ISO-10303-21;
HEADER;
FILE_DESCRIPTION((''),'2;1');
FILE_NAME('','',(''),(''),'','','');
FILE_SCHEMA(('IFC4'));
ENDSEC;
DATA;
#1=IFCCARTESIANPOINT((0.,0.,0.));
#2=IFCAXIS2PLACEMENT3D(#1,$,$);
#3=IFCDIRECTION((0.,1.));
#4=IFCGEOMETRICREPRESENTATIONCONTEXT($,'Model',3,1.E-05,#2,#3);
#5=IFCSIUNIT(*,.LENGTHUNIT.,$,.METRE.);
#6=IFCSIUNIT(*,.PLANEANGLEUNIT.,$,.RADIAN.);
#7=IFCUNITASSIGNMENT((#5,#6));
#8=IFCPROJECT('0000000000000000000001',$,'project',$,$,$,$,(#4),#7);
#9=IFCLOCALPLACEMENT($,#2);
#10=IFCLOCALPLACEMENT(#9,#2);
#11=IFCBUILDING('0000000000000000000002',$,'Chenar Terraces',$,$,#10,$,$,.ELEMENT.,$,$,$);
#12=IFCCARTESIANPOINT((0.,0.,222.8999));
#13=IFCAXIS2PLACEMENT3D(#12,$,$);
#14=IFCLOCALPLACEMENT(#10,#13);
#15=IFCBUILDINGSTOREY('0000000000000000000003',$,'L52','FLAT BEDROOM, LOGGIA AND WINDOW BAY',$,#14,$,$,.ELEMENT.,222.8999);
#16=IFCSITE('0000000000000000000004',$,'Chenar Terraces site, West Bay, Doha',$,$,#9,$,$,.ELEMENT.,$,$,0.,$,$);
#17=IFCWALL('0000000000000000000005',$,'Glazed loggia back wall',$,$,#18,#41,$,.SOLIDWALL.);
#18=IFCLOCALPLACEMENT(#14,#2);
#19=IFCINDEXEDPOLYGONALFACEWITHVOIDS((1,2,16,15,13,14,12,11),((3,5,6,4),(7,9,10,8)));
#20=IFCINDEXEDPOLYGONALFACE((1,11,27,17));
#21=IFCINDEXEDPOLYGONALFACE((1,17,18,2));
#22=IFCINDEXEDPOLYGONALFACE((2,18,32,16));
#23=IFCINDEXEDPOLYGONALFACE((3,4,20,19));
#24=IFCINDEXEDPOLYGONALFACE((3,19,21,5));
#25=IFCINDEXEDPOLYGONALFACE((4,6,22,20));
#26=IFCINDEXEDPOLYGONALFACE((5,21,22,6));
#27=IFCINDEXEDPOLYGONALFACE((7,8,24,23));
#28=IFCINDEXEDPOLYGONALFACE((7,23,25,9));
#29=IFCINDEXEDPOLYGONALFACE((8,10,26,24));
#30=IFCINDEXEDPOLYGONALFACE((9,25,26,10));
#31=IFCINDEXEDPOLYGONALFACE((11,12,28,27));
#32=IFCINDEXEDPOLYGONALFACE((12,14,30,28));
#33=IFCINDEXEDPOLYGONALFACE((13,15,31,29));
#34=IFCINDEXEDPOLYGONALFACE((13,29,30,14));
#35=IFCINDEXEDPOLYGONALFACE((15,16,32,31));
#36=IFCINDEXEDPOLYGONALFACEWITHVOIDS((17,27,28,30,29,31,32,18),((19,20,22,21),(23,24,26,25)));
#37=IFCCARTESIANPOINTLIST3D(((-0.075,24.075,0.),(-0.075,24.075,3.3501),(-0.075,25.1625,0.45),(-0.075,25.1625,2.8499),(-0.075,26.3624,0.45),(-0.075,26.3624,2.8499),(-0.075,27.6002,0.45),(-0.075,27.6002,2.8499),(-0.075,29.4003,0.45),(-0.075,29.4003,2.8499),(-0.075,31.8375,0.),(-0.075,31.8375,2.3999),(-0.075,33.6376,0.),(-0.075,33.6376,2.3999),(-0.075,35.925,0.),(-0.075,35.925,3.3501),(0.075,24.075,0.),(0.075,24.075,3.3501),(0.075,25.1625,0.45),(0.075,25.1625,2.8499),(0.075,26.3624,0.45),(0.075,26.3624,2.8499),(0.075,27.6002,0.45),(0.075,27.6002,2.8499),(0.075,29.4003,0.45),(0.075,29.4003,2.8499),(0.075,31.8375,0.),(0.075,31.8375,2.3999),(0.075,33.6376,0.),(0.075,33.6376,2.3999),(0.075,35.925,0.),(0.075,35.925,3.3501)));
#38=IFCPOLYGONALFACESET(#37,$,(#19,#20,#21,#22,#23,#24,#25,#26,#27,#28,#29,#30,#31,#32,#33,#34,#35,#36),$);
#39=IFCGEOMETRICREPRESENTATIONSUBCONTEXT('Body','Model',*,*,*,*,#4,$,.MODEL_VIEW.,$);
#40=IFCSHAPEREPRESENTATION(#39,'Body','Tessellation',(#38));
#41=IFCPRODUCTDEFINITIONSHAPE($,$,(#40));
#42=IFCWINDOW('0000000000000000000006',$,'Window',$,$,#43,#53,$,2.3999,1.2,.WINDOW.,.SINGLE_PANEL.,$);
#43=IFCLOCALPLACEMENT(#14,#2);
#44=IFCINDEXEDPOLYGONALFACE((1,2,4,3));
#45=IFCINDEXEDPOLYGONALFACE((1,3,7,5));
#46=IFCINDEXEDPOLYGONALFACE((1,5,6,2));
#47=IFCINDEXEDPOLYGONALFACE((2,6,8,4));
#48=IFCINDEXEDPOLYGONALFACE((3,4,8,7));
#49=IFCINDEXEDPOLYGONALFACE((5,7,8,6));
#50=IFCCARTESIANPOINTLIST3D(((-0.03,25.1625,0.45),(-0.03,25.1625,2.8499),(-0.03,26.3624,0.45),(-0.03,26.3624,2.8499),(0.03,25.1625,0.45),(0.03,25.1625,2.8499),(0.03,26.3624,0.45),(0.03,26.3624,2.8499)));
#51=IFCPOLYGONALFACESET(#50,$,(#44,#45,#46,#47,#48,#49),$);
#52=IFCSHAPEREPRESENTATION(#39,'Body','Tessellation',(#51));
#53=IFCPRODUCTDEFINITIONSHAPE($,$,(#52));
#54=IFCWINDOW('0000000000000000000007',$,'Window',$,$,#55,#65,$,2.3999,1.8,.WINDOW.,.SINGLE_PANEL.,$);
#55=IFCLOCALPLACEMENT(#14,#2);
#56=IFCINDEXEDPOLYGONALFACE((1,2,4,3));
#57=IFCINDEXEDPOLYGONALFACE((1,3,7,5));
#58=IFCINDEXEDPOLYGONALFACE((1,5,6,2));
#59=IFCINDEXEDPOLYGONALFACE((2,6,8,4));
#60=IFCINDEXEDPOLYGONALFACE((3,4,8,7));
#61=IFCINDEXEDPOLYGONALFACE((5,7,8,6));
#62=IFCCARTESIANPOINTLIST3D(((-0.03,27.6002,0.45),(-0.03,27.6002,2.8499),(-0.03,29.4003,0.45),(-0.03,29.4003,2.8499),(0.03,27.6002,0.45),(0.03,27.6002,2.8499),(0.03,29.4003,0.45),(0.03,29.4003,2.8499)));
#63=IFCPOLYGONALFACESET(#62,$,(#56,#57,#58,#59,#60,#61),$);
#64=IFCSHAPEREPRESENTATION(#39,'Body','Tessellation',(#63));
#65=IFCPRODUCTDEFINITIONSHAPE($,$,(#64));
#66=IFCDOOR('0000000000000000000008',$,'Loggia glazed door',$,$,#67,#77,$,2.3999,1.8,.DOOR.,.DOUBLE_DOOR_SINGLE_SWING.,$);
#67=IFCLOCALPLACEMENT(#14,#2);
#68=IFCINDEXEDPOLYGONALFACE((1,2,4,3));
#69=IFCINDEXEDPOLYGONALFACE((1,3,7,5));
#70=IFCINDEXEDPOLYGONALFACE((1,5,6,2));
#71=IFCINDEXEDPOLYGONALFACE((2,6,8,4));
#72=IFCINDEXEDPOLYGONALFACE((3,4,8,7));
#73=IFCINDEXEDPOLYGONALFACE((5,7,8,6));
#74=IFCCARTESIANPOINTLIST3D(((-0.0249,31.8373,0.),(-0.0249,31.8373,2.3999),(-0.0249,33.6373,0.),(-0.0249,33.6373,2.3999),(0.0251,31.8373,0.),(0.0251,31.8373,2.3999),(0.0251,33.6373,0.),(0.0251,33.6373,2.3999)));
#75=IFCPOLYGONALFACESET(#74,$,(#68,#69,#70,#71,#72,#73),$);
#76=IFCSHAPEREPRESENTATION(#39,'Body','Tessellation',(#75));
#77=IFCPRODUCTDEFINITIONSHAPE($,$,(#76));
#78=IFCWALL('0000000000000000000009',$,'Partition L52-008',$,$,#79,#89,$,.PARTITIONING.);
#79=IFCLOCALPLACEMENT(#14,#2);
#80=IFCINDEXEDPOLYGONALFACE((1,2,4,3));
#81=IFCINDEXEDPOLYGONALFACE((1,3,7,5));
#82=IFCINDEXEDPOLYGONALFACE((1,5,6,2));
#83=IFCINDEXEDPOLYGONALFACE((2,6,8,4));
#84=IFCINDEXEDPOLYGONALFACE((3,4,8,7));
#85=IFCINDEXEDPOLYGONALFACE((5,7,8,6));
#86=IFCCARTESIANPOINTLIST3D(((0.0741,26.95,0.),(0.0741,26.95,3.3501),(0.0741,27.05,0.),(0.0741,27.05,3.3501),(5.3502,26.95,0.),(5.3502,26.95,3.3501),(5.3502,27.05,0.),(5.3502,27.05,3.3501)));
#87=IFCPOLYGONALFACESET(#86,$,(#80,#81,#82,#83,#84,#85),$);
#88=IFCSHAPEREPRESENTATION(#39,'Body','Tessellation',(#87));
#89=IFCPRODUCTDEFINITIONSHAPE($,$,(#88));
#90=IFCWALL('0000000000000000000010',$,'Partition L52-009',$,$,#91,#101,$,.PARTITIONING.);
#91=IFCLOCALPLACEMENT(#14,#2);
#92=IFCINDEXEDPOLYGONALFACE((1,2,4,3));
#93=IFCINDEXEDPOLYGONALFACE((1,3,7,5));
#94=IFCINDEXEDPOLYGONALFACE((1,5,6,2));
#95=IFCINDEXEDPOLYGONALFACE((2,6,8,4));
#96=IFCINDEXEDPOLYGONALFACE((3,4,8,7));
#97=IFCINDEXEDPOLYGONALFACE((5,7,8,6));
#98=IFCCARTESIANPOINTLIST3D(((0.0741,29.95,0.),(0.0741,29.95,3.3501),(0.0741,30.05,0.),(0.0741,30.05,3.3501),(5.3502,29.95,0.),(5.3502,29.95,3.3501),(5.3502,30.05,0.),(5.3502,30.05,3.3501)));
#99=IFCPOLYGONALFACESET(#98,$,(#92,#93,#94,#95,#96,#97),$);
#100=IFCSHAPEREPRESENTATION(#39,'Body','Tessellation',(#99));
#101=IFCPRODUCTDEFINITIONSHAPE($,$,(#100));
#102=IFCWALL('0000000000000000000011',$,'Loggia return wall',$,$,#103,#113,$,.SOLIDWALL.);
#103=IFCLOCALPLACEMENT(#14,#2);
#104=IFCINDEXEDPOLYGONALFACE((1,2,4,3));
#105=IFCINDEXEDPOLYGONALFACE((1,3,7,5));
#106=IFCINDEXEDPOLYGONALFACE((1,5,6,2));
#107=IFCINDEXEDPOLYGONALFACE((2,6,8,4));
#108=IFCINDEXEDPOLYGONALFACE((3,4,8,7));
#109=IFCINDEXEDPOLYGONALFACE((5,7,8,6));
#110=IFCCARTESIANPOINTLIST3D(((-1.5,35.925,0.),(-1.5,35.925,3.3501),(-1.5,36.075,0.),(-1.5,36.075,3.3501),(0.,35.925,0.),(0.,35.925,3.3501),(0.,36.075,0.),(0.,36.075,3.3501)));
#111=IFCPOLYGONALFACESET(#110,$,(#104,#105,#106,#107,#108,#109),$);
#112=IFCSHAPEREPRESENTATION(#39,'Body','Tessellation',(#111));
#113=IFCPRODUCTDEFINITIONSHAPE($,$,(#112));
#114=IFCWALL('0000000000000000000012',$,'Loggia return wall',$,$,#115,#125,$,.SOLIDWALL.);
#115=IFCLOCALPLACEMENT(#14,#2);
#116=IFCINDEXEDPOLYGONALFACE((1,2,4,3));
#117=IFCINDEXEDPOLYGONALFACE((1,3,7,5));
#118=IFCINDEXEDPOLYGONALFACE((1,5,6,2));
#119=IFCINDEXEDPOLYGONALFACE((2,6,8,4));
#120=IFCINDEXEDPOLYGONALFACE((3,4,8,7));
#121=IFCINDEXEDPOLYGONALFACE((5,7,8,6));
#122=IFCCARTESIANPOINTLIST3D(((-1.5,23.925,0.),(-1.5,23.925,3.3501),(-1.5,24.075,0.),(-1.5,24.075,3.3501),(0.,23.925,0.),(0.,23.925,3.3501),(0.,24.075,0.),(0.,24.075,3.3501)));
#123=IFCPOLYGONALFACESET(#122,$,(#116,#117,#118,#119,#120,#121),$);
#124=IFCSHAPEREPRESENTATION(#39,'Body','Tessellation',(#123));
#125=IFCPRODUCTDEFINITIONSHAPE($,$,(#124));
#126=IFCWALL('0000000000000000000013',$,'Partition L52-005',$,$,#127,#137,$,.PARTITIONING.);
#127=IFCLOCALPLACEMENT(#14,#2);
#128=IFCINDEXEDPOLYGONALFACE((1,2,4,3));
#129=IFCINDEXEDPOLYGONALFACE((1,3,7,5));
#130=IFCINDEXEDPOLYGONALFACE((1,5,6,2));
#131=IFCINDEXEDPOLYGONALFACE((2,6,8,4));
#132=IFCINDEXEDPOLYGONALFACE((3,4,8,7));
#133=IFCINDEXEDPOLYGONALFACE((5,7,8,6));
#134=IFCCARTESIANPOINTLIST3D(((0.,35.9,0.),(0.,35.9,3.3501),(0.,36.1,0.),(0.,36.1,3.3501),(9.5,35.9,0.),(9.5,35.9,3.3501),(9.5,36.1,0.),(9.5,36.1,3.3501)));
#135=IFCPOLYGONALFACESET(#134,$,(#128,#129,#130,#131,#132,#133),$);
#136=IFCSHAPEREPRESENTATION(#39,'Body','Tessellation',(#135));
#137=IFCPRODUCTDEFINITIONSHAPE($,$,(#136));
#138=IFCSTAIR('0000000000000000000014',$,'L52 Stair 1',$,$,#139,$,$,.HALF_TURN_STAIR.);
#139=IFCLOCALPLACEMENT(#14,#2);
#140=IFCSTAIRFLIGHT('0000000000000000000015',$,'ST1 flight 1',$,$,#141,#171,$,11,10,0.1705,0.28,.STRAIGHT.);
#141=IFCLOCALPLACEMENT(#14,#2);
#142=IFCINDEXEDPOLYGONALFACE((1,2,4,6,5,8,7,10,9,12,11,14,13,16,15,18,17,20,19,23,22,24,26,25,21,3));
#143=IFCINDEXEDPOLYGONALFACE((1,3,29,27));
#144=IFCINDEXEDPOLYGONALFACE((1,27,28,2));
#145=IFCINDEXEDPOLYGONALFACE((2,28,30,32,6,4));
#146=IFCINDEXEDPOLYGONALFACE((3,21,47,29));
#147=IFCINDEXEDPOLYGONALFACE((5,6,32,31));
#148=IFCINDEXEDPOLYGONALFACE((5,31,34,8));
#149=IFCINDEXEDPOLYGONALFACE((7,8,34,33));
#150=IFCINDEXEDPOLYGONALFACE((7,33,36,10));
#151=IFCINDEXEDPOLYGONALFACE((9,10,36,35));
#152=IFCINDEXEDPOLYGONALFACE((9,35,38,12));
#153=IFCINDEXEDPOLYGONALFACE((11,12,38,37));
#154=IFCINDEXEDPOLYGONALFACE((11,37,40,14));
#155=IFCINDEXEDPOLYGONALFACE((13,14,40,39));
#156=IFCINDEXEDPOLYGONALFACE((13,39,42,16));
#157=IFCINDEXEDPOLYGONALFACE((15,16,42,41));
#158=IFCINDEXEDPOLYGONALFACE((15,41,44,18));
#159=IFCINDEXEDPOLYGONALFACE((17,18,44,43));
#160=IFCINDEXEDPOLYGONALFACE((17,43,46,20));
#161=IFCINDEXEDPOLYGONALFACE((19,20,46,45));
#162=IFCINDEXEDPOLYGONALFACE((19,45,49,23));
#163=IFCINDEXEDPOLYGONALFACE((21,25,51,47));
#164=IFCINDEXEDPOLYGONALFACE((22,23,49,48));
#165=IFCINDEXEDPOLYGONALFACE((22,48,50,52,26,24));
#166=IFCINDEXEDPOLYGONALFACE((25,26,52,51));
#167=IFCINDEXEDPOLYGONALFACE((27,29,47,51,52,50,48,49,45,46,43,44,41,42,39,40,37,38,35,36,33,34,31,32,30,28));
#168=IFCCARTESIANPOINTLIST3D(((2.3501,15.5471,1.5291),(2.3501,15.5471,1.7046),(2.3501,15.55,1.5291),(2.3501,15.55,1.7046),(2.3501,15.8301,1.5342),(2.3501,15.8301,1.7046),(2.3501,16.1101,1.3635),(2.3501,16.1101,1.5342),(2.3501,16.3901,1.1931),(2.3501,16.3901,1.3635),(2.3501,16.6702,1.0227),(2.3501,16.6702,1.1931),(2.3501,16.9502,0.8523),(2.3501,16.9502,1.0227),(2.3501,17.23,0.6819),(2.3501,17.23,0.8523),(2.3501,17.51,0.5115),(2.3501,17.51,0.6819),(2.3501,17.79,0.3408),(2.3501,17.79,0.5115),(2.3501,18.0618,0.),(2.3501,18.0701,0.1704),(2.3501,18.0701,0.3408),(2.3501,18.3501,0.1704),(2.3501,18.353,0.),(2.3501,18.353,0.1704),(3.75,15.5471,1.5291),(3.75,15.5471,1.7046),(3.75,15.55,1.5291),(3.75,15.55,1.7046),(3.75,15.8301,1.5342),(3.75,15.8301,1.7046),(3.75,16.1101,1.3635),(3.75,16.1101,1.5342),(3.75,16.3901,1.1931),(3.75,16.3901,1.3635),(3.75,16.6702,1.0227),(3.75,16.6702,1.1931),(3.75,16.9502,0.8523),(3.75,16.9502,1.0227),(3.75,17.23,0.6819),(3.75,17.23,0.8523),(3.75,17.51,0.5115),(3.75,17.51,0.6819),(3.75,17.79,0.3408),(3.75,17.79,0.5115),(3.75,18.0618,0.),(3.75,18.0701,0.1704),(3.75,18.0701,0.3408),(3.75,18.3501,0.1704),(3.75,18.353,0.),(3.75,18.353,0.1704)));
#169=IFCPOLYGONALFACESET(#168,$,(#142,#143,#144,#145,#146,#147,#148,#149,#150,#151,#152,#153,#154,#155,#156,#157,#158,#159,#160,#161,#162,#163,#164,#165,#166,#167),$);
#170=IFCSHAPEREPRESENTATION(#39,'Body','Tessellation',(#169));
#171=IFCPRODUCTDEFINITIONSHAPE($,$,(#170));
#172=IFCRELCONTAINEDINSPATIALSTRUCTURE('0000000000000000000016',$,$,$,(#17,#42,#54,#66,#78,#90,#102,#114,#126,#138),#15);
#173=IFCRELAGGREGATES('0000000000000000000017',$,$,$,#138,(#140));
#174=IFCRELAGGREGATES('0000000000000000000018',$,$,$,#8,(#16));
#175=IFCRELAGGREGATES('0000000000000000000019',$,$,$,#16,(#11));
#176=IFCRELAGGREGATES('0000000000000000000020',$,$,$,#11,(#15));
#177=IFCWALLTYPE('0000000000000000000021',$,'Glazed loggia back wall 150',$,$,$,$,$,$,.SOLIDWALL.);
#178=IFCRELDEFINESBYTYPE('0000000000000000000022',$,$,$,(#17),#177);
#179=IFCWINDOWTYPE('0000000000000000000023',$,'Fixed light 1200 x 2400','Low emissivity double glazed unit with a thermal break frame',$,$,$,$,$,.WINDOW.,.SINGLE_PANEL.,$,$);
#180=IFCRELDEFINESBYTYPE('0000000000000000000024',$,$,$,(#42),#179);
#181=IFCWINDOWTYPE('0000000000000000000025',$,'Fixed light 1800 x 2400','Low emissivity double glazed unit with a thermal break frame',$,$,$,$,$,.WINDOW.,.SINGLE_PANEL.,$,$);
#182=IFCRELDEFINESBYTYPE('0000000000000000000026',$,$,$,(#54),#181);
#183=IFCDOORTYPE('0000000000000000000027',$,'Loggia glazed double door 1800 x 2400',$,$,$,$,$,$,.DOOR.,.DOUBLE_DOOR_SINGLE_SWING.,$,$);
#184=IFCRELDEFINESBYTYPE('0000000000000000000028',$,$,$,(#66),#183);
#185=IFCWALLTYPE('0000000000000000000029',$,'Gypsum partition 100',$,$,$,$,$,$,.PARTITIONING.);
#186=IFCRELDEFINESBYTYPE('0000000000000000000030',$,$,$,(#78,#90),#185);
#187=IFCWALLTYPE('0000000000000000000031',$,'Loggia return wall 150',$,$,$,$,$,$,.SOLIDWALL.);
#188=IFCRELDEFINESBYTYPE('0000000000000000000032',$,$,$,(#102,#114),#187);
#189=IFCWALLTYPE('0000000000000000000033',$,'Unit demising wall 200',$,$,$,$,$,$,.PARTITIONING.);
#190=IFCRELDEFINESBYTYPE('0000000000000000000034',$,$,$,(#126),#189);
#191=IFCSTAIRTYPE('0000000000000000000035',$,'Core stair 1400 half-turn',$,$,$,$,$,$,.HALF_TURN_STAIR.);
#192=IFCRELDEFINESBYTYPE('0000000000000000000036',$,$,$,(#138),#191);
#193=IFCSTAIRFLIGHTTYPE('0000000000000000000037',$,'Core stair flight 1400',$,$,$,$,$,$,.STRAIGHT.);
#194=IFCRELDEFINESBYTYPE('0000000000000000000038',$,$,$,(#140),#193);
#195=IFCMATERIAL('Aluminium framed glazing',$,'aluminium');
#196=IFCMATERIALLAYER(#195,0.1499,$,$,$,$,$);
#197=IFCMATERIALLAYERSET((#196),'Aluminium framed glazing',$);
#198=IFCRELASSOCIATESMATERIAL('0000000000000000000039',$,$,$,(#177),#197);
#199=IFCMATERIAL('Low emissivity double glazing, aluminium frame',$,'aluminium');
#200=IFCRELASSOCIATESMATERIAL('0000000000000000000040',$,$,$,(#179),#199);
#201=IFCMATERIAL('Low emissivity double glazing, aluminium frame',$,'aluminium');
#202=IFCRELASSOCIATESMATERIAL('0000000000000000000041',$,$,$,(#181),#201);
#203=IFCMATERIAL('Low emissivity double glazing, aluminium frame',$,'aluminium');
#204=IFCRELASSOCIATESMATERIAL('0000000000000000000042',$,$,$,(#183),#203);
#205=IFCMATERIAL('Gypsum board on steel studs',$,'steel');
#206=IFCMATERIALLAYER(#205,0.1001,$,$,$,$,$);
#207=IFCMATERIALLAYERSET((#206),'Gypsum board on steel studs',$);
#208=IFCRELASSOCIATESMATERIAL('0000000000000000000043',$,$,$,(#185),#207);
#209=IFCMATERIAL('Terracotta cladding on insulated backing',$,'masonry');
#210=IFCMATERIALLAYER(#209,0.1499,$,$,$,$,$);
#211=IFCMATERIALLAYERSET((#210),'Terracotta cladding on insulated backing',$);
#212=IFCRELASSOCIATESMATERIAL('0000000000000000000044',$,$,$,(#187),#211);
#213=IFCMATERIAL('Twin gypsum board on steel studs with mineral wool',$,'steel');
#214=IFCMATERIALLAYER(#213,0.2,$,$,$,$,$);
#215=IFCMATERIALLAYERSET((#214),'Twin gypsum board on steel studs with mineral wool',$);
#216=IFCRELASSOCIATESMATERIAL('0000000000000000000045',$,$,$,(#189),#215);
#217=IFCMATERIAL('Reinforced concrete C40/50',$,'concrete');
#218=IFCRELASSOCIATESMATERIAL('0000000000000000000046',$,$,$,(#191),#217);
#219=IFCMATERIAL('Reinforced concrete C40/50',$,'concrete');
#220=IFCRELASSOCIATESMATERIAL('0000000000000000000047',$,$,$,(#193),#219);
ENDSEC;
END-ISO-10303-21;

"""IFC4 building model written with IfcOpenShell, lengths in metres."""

from ifc_helpers import new_model, si_unit, direction, frame, frame_2d, origin, place, context, subcontext, project, spatial, polyline, rectangle, outline, extrude, material, layer, layer_set, type_object, element, fill, aggregate, save


model = new_model("IFC4")

# Units and contexts
model_context = context("Model", 3, precision=1e-05, world=origin(), true_north=direction((0.0, 1.0)))
body_context = subcontext(model_context, "Body", "Model", "MODEL_VIEW")
ifc_project = project(units=[si_unit("LENGTHUNIT", "METRE"), si_unit("PLANEANGLEUNIT", "RADIAN")], contexts=[model_context])

# Site, building, storey
site_placement = place(None, origin())
site = spatial("IfcSite", under=ifc_project, at=site_placement, Name="Chenar Terraces site, West Bay, Doha", CompositionType="ELEMENT", RefElevation=0.0)
building_placement = place(site_placement, origin())
building = spatial("IfcBuilding", under=site, at=building_placement, Name="Chenar Terraces", CompositionType="ELEMENT")
storey_placement = place(building_placement, frame((0.0, 0.0, 222.8999)))
storey = spatial("IfcBuildingStorey", under=building, at=storey_placement, Name="L52", Description="FLAT BEDROOM, LOGGIA AND WINDOW BAY", CompositionType="ELEMENT", Elevation=222.8999)

# Shared definitions
placement = place(storey_placement, frame((0.0, 36.0, 0.0), z_axis=(0.0, 0.0, 1.0), x_axis=(1.0, 0.0, 0.0)))

# Wall, openings, windows, door
ifc_material_1 = material(Name="Aluminium framed glazing", Category="aluminium")
ifc_layer_1 = layer(ifc_material_1, 0.1499)
ifc_layer_set_1 = layer_set([ifc_layer_1], Name="Aluminium framed glazing")
wall_type_1 = type_object("IfcWallType", Name="Glazed loggia back wall 150", PredefinedType="SOLIDWALL", material=ifc_layer_set_1)
wall_1_placement = place(storey_placement, frame((0.0, 35.925, 0.0), z_axis=(0.0, 0.0, 1.0), x_axis=(0.0, -1.0, 0.0)))
wall_1 = element("IfcWall", 1, at=wall_1_placement, inside=storey, type_object=wall_type_1, Name="Glazed loggia back wall", PredefinedType="SOLIDWALL", context=body_context, shape_type="SweptSolid", body=[
    extrude(rectangle(XDim=11.8501, YDim=0.1499, at=frame_2d((5.925, 0.0))), origin(), (0.0, 0.0, 1.0), 3.3501),
])
opening_1_placement = place(wall_1_placement, frame((2.2876, 0.0, 0.0)))
opening_1 = element("IfcOpeningElement", 2, at=opening_1_placement, cuts=wall_1, PredefinedType="OPENING", context=body_context, shape_type="SweptSolid", body=[
    extrude(rectangle(XDim=1.8, YDim=2.3999, at=frame_2d((0.8999, 1.2))), frame((0.0, 0.085, 0.0), z_axis=(0.0, -1.0, 0.0), x_axis=(1.0, 0.0, 0.0)), (0.0, 0.0, 1.0), 0.1699),
])
opening_2_placement = place(wall_1_placement, frame((6.5249, 0.0, 0.45)))
opening_2 = element("IfcOpeningElement", 3, at=opening_2_placement, cuts=wall_1, PredefinedType="OPENING", context=body_context, shape_type="SweptSolid", body=[
    extrude(rectangle(XDim=1.8, YDim=2.3999, at=frame_2d((0.8999, 1.2))), frame((0.0, 0.085, 0.0), z_axis=(0.0, -1.0, 0.0), x_axis=(1.0, 0.0, 0.0)), (0.0, 0.0, 1.0), 0.1699),
])
opening_3_placement = place(wall_1_placement, frame((9.5625, 0.0, 0.45)))
opening_3 = element("IfcOpeningElement", 4, at=opening_3_placement, cuts=wall_1, PredefinedType="OPENING", context=body_context, shape_type="SweptSolid", body=[
    extrude(rectangle(XDim=1.2, YDim=2.3999, at=frame_2d((0.6001, 1.2))), frame((0.0, 0.085, 0.0), z_axis=(0.0, -1.0, 0.0), x_axis=(1.0, 0.0, 0.0)), (0.0, 0.0, 1.0), 0.1699),
])
ifc_material_2 = material(Name="Low emissivity double glazing, aluminium frame", Category="aluminium")
window_type_1 = type_object("IfcWindowType", Name="Fixed light 1200 x 2400", Description="Low emissivity double glazed unit with a thermal break frame", PartitioningType="SINGLE_PANEL", PredefinedType="WINDOW", material=ifc_material_2)
window_1_placement = place(opening_3_placement, origin())
window_1 = element("IfcWindow", 5, at=window_1_placement, inside=storey, type_object=window_type_1, Name="Window", OverallHeight=2.3999, OverallWidth=1.2, PartitioningType="SINGLE_PANEL", PredefinedType="WINDOW", context=body_context, shape_type="SweptSolid", body=[
    extrude(rectangle(XDim=1.2, YDim=2.3999, at=frame_2d((0.6001, 1.2))), frame((0.0, 0.03, 0.0), z_axis=(0.0, -1.0, 0.0), x_axis=(1.0, 0.0, 0.0)), (0.0, 0.0, 1.0), 0.0601),
])
fill(opening_3, window_1)
ifc_material_3 = material(Name="Low emissivity double glazing, aluminium frame", Category="aluminium")
window_type_2 = type_object("IfcWindowType", Name="Fixed light 1800 x 2400", Description="Low emissivity double glazed unit with a thermal break frame", PartitioningType="SINGLE_PANEL", PredefinedType="WINDOW", material=ifc_material_3)
window_2_placement = place(opening_2_placement, origin())
window_2 = element("IfcWindow", 6, at=window_2_placement, inside=storey, type_object=window_type_2, Name="Window", OverallHeight=2.3999, OverallWidth=1.8, PartitioningType="SINGLE_PANEL", PredefinedType="WINDOW", context=body_context, shape_type="SweptSolid", body=[
    extrude(rectangle(XDim=1.8, YDim=2.3999, at=frame_2d((0.8999, 1.2))), frame((0.0, 0.03, 0.0), z_axis=(0.0, -1.0, 0.0), x_axis=(1.0, 0.0, 0.0)), (0.0, 0.0, 1.0), 0.0601),
])
fill(opening_2, window_2)
ifc_material_4 = material(Name="Low emissivity double glazing, aluminium frame", Category="aluminium")
door_type_1 = type_object("IfcDoorType", Name="Loggia glazed double door 1800 x 2400", OperationType="DOUBLE_DOOR_SINGLE_SWING", PredefinedType="DOOR", material=ifc_material_4)
door_1_placement = place(opening_1_placement, frame((1.8, 0.0, 0.0), z_axis=(0.0, 0.0, 1.0), x_axis=(-1.0, 0.0, 0.0)))
door_1 = element("IfcDoor", 7, at=door_1_placement, inside=storey, type_object=door_type_1, Name="Loggia glazed door", OperationType="DOUBLE_DOOR_SINGLE_SWING", OverallHeight=2.3999, OverallWidth=1.8, PredefinedType="DOOR", context=body_context, shape_type="SweptSolid", body=[
    extrude(rectangle(XDim=1.8, YDim=2.3999, at=frame_2d((0.8999, 1.2))), frame((0.0, 0.0249, 0.0), z_axis=(0.0, -1.0, 0.0), x_axis=(1.0, 0.0, 0.0)), (0.0, 0.0, 1.0), 0.05),
])
fill(opening_1, door_1)

# Walls
ifc_material_5 = material(Name="Gypsum board on steel studs", Category="steel")
ifc_layer_2 = layer(ifc_material_5, 0.1001)
ifc_layer_set_2 = layer_set([ifc_layer_2], Name="Gypsum board on steel studs")
wall_type_2 = type_object("IfcWallType", Name="Gypsum partition 100", PredefinedType="PARTITIONING", material=ifc_layer_set_2)
for number, where, z_axis, x_axis, name in (
    (8, (0.074, 27.0, 0.0), (0.0, 0.0, 1.0), (1.0, 0.0, 0.0), "Partition L52-008"),
    (9, (0.074, 30.0, 0.0), (0.0, 0.0, 1.0), (1.0, 0.0, 0.0), "Partition L52-009"),
):
    element("IfcWall", number, at=place(storey_placement, frame(where, z_axis=z_axis, x_axis=x_axis)), inside=storey, type_object=wall_type_2, Name=name, PredefinedType="PARTITIONING", context=body_context, shape_type="SweptSolid", body=[
        extrude(rectangle(XDim=5.2761, YDim=0.1001, at=frame_2d((2.6382, 0.0))), origin(), (0.0, 0.0, 1.0), 3.3501),
    ])
ifc_material_6 = material(Name="Terracotta cladding on insulated backing", Category="masonry")
ifc_layer_3 = layer(ifc_material_6, 0.1499)
ifc_layer_set_3 = layer_set([ifc_layer_3], Name="Terracotta cladding on insulated backing")
wall_type_3 = type_object("IfcWallType", Name="Loggia return wall 150", PredefinedType="SOLIDWALL", material=ifc_layer_set_3)
for number, where, z_axis, x_axis, name in (
    (10, (-1.5, 36.0, 0.0), (0.0, 0.0, 1.0), (1.0, 0.0, 0.0), "Loggia return wall"),
    (11, (-1.5, 24.0, 0.0), (0.0, 0.0, 1.0), (1.0, 0.0, 0.0), "Loggia return wall"),
):
    element("IfcWall", number, at=place(storey_placement, frame(where, z_axis=z_axis, x_axis=x_axis)), inside=storey, type_object=wall_type_3, Name=name, PredefinedType="SOLIDWALL", context=body_context, shape_type="SweptSolid", body=[
        extrude(rectangle(XDim=1.5, YDim=0.1499, at=frame_2d((0.75, 0.0))), origin(), (0.0, 0.0, 1.0), 3.3501),
    ])
ifc_material_7 = material(Name="Twin gypsum board on steel studs with mineral wool", Category="steel")
ifc_layer_4 = layer(ifc_material_7, 0.2)
ifc_layer_set_4 = layer_set([ifc_layer_4], Name="Twin gypsum board on steel studs with mineral wool")
wall_type_4 = type_object("IfcWallType", Name="Unit demising wall 200", PredefinedType="PARTITIONING", material=ifc_layer_set_4)
element("IfcWall", 12, at=placement, inside=storey, type_object=wall_type_4, Name="Partition L52-005", PredefinedType="PARTITIONING", context=body_context, shape_type="SweptSolid", body=[
    extrude(rectangle(XDim=9.5, YDim=0.2, at=frame_2d((4.75, 0.0))), origin(), (0.0, 0.0, 1.0), 3.3501),
])

# Stair, stair flight
ifc_material_8 = material(Name="Reinforced concrete C40/50", Category="concrete")
stair_type = type_object("IfcStairType", Name="Core stair 1400 half-turn", PredefinedType="HALF_TURN_STAIR", material=ifc_material_8)
stair_placement = place(storey_placement, origin())
stair = element("IfcStair", 13, at=stair_placement, inside=storey, type_object=stair_type, Name="L52 Stair 1", PredefinedType="HALF_TURN_STAIR")
ifc_material_9 = material(Name="Reinforced concrete C40/50", Category="concrete")
stair_flight_type = type_object("IfcStairFlightType", Name="Core stair flight 1400", PredefinedType="STRAIGHT", material=ifc_material_9)
stair_flight_placement = place(storey_placement, frame((3.05, 18.3501, 0.0), z_axis=(0.0, 0.0, 1.0), x_axis=(0.0, -1.0, 0.0)))
stair_flight = element("IfcStairFlight", 14, at=stair_flight_placement, type_object=stair_flight_type, Name="ST1 flight 1", NumberOfRisers=11, NumberOfTreads=10, PredefinedType="STRAIGHT", RiserHeight=0.1705, TreadLength=0.28, context=body_context, shape_type="SweptSolid", body=[
    extrude(outline(polyline([(-0.0029, 0.0), (-0.0029, 0.1704), (0.0, 0.1704), (0.28, 0.1704), (0.28, 0.3408), (0.5601, 0.3408), (0.5601, 0.5115), (0.8401, 0.5115), (0.8401, 0.6819), (1.1201, 0.6819), (1.1201, 0.8523), (1.3999, 0.8523), (1.3999, 1.0227), (1.6799, 1.0227), (1.6799, 1.1931), (1.96, 1.1931), (1.96, 1.3635), (2.24, 1.3635), (2.24, 1.5342), (2.52, 1.5342), (2.52, 1.7046), (2.8, 1.7046), (2.803, 1.7046), (2.803, 1.5291), (2.8, 1.5291), (0.2883, 0.0), (-0.0029, 0.0)])), frame((0.0, 0.7, 0.0), z_axis=(0.0, -1.0, 0.0), x_axis=(1.0, 0.0, 0.0)), (0.0, 0.0, 1.0), 1.3999),
])
aggregate(stair, [stair_flight])

save(model, "model.ifc")
